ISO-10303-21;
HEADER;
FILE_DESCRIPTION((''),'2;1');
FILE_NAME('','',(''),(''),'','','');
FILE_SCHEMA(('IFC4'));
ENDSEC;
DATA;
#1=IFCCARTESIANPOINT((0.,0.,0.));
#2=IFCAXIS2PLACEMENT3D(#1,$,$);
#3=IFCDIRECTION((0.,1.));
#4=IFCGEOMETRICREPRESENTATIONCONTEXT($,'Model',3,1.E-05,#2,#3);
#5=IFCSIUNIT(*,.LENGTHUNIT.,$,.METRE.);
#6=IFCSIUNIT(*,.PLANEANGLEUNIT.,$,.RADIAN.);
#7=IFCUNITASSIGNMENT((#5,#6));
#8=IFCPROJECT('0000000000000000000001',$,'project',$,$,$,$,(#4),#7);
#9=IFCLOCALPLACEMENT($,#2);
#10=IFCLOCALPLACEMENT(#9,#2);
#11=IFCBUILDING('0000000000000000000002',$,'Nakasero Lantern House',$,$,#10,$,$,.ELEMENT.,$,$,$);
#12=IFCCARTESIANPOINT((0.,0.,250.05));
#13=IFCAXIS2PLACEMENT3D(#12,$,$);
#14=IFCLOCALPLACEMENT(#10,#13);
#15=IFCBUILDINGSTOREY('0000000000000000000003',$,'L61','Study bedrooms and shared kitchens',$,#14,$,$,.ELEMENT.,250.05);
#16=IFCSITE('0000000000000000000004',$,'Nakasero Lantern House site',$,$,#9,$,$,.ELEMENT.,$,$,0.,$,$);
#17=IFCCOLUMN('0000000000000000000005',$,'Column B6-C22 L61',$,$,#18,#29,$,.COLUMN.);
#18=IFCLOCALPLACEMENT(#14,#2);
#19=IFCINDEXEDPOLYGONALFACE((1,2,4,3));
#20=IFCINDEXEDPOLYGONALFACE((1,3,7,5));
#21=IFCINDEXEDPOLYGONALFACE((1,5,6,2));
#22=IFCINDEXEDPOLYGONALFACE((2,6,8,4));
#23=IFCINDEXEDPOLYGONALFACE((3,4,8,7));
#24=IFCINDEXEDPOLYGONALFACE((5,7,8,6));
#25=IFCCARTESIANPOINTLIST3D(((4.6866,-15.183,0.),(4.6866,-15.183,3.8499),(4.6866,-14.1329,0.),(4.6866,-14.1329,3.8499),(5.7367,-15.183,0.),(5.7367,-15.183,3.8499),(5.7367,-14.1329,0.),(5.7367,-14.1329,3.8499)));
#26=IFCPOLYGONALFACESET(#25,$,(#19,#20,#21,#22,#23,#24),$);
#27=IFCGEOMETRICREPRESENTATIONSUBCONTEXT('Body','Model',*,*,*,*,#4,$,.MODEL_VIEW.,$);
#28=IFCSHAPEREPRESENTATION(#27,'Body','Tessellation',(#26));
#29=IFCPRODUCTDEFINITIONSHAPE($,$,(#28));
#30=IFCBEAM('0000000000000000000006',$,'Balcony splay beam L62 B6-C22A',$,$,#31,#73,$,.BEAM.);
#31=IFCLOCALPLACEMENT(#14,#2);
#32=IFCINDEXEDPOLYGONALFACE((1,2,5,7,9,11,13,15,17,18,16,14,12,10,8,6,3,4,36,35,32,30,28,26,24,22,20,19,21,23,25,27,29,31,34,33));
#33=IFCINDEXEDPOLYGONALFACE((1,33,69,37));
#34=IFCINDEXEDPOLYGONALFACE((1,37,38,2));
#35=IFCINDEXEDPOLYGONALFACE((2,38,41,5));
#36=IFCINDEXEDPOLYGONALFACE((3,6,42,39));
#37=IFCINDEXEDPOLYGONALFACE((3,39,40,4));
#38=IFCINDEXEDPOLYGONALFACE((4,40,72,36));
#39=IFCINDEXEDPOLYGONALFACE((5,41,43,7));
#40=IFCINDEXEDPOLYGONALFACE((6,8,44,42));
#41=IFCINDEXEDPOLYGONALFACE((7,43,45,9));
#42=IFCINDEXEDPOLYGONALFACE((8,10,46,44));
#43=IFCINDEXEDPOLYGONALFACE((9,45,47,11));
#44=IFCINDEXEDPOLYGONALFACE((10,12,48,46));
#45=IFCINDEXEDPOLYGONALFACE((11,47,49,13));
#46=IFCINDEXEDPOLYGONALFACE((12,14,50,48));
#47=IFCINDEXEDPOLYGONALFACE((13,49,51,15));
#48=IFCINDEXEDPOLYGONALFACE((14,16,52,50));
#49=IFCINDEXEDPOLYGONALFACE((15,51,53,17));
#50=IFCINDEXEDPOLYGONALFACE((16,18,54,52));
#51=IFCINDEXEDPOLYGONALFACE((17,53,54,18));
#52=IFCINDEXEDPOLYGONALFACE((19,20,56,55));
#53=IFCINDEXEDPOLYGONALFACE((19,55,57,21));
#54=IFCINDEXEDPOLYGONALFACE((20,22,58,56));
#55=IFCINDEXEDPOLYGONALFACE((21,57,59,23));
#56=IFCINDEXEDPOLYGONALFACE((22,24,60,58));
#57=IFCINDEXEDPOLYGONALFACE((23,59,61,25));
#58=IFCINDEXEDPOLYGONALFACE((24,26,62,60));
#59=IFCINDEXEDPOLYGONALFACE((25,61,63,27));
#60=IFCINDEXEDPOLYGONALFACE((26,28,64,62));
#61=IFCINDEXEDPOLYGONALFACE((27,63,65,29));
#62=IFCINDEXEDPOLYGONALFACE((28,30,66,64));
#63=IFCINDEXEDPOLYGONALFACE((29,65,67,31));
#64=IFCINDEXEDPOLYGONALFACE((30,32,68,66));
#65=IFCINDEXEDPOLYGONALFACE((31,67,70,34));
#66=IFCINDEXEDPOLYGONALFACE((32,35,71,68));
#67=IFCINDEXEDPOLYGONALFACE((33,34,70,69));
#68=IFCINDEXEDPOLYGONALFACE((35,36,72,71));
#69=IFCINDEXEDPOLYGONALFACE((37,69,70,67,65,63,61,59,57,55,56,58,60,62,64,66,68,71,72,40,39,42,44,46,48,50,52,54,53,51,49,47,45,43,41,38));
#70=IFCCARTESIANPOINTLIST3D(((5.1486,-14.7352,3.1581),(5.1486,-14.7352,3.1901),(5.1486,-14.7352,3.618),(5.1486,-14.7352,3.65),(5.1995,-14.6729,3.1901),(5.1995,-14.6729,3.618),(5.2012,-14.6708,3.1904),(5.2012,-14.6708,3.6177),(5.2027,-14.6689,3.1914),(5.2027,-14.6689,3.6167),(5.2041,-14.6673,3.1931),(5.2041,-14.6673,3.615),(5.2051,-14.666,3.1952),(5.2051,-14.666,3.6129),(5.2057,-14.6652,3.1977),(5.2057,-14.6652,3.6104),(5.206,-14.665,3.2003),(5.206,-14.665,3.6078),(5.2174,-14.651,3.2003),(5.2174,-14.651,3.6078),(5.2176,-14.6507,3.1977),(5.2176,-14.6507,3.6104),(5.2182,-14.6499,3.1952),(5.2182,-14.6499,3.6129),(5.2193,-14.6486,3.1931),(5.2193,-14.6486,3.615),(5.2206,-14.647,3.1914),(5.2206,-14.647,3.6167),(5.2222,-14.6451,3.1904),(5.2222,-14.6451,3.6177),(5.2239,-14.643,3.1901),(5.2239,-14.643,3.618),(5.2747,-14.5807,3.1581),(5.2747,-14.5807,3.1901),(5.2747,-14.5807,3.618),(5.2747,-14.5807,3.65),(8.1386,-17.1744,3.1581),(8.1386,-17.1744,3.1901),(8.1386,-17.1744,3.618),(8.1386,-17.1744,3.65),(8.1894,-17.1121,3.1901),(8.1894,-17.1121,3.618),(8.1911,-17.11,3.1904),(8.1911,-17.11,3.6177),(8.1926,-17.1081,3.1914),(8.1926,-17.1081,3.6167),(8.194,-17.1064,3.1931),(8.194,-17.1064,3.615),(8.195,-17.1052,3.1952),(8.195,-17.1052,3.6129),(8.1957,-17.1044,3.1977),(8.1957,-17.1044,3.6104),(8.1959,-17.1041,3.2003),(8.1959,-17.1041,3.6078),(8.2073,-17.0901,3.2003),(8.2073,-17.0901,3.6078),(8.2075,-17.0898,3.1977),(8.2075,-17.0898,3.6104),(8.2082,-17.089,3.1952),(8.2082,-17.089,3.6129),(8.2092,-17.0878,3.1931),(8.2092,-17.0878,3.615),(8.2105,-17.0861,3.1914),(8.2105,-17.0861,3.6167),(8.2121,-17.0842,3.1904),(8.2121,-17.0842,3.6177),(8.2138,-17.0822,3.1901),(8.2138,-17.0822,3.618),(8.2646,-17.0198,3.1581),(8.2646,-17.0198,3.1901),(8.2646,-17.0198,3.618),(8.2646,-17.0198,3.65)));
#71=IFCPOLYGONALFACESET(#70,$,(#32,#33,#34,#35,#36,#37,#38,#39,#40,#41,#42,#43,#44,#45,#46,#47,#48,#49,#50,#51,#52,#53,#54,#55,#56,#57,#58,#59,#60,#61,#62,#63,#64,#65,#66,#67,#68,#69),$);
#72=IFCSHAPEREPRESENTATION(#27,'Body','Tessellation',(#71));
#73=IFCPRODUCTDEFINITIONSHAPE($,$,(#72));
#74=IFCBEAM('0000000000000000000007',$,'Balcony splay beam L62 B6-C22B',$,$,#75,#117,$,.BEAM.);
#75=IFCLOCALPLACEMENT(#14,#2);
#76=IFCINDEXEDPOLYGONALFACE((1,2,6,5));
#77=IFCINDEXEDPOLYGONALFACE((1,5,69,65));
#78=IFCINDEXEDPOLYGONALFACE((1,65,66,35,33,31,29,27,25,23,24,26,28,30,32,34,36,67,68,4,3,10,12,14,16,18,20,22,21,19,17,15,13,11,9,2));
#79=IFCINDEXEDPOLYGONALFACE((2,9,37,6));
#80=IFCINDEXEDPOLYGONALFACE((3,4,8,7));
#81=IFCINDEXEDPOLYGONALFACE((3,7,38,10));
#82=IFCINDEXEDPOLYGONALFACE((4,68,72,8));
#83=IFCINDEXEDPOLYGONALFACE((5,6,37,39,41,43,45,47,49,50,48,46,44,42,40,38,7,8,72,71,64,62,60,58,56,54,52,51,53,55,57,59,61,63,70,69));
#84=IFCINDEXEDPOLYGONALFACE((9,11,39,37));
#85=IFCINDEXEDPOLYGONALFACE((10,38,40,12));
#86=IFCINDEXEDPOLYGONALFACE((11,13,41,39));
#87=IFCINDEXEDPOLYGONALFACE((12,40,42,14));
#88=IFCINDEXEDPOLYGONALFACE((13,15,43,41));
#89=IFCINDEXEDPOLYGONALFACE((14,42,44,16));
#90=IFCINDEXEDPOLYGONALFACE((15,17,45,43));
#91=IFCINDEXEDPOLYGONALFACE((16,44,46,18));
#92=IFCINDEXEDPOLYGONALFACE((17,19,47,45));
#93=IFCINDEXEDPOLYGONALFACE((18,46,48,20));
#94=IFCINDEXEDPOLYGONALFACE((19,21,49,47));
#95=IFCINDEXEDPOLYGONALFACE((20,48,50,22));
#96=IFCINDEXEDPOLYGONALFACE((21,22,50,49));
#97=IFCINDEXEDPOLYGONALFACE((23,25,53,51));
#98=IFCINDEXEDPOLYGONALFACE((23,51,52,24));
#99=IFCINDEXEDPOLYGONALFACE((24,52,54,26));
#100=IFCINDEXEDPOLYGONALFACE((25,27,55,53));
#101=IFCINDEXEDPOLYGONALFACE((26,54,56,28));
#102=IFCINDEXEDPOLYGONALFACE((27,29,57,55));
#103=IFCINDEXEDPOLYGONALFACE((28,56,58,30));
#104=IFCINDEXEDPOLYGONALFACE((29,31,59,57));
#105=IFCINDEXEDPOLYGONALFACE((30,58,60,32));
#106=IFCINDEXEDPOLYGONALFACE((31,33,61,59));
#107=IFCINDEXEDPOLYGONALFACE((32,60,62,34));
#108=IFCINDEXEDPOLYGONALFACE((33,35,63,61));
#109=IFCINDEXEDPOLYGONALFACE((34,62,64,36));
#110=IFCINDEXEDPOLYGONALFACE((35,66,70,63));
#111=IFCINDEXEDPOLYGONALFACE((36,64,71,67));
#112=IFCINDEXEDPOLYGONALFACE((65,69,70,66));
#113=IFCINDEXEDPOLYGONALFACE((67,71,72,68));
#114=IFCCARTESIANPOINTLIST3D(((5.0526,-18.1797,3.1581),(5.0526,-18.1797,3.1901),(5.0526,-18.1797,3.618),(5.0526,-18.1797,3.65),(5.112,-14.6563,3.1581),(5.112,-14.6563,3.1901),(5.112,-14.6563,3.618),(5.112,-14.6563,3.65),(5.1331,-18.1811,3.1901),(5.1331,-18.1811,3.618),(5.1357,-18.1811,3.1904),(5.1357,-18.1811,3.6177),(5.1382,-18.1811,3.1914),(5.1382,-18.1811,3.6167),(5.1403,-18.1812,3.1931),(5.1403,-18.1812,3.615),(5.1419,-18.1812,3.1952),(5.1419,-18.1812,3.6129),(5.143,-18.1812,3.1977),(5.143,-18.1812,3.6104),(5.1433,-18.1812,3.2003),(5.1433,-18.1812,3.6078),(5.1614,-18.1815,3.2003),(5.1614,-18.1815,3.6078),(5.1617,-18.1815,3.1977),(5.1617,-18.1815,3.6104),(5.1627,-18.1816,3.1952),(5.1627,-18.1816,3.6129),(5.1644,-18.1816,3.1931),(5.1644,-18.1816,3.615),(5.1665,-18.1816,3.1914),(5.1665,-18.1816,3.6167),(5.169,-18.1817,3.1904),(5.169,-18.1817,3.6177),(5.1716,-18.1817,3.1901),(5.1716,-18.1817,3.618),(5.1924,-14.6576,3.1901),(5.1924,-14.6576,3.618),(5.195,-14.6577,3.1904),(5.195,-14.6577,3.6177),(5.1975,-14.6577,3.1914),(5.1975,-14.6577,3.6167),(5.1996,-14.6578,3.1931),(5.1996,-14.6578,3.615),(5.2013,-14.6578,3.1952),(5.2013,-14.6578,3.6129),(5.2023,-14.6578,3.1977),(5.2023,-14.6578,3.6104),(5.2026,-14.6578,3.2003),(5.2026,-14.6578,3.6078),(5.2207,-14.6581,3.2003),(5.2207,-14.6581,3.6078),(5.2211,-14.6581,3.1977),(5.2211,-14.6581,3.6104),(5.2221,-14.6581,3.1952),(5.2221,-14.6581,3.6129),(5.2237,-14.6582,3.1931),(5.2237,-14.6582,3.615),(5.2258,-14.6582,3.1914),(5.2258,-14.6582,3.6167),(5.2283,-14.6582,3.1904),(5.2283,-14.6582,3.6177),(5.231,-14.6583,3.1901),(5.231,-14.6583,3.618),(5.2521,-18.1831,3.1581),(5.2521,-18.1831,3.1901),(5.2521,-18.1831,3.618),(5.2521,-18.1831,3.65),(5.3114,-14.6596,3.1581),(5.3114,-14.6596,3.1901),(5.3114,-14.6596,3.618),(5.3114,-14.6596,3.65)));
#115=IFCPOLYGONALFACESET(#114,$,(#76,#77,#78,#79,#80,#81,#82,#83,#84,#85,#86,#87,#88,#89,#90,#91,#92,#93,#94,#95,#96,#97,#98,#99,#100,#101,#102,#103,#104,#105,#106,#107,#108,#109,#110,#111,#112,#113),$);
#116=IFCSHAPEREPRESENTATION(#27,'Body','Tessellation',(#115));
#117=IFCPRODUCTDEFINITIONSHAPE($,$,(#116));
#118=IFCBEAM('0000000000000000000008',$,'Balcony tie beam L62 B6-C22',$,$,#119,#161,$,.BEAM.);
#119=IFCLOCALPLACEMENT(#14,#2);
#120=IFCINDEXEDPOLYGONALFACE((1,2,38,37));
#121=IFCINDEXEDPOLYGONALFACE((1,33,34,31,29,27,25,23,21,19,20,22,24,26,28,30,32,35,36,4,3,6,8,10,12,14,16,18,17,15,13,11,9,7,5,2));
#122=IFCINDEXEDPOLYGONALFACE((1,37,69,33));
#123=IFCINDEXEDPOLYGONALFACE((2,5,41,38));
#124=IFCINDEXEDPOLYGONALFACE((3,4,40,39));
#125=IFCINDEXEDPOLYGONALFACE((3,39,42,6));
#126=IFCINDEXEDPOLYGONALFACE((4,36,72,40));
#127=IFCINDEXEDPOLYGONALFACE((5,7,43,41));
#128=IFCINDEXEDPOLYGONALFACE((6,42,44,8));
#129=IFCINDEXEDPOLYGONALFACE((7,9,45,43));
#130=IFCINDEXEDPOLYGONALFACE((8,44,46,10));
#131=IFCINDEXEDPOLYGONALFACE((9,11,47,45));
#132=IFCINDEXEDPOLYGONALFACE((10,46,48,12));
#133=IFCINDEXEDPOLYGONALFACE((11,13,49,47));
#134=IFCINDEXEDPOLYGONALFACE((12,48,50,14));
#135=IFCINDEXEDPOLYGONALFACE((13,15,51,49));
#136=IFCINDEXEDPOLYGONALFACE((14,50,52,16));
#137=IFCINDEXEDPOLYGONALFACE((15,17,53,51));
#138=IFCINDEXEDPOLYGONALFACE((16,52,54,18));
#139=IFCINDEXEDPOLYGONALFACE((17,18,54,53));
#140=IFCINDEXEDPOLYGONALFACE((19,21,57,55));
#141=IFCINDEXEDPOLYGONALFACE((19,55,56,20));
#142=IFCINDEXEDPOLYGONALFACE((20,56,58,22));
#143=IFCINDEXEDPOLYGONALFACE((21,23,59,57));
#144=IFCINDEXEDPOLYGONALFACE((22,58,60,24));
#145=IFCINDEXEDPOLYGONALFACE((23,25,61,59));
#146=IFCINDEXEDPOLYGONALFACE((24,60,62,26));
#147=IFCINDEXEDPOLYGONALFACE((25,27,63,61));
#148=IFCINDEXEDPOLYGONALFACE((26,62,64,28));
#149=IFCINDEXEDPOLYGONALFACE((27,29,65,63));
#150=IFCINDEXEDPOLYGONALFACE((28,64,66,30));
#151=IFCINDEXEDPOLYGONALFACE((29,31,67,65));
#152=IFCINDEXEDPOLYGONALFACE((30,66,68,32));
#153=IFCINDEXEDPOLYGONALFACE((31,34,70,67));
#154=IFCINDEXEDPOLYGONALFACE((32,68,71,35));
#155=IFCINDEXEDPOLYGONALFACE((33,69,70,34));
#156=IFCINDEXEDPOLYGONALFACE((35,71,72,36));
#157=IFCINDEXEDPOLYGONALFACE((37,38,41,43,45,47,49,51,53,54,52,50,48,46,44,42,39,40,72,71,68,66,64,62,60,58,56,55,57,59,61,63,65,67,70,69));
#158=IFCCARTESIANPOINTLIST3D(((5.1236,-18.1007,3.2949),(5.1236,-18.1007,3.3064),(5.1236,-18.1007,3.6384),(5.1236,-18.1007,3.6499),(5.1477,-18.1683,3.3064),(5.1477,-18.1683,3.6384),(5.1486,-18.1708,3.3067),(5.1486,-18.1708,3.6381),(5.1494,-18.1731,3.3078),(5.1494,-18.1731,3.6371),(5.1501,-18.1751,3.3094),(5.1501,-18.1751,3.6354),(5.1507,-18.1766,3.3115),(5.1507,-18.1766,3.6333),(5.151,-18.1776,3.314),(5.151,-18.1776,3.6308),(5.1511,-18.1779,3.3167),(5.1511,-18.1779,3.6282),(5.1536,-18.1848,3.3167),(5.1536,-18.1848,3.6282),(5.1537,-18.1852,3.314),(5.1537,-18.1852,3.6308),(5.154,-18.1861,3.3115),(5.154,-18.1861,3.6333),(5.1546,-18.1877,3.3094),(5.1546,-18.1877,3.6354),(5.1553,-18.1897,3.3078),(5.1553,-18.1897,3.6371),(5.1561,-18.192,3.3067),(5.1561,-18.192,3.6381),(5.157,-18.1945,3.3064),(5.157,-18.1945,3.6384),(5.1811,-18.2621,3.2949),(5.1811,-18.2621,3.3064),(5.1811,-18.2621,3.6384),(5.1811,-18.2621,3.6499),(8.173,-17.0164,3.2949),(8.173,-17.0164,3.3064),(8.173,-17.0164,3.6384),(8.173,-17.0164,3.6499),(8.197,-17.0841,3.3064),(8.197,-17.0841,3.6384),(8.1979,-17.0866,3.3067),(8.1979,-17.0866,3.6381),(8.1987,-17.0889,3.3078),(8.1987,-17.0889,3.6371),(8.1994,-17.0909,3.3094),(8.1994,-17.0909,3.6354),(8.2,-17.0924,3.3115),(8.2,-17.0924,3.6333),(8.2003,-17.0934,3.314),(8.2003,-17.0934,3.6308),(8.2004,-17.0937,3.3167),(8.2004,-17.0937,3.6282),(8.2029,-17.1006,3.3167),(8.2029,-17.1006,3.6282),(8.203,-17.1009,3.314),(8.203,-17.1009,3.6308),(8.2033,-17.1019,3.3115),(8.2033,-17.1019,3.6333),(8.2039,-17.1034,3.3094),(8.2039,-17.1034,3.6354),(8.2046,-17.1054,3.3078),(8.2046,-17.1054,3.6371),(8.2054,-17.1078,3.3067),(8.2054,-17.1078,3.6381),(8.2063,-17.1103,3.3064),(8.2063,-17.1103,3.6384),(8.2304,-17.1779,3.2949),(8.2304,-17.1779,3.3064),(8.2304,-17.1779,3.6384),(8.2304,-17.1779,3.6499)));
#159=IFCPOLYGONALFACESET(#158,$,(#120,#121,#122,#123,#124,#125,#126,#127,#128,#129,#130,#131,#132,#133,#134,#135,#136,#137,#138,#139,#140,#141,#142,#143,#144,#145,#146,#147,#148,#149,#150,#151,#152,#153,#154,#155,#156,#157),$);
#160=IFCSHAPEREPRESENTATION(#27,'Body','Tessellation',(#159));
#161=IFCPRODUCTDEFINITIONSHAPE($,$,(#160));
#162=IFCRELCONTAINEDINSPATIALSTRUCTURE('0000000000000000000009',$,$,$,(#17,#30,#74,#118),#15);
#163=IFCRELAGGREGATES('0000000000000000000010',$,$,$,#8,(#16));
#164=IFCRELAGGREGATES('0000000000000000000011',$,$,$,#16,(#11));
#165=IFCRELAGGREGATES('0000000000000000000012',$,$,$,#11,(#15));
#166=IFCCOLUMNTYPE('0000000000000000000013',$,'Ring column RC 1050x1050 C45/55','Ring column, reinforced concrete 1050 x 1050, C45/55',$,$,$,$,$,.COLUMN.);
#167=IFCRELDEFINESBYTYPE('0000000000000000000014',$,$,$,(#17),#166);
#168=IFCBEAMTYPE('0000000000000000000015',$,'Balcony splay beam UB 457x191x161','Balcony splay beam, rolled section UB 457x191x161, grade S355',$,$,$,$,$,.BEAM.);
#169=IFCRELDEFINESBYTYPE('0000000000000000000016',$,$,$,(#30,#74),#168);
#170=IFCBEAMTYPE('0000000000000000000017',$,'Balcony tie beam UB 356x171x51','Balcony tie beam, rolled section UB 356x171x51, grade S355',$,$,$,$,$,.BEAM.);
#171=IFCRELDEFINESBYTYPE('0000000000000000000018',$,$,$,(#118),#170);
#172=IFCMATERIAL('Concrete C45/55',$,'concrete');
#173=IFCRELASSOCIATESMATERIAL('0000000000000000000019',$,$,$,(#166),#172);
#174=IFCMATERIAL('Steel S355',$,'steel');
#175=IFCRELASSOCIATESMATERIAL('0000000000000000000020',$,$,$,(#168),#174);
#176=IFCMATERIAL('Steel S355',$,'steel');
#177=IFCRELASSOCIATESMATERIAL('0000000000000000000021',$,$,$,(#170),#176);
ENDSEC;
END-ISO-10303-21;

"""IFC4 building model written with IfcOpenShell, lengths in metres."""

from ifc_helpers import new_model, si_unit, direction, frame, origin, origin_2d, place, context, subcontext, project, spatial, rectangle, i_section, extrude, material, material_profile, profile_set, type_object, element, save


model = new_model("IFC4")

# Units and contexts
model_context = context("Model", 3, precision=1e-05, world=origin(), true_north=direction((0.0, 1.0)))
body_context = subcontext(model_context, "Body", "Model", "MODEL_VIEW")
ifc_project = project(units=[si_unit("LENGTHUNIT", "METRE"), si_unit("PLANEANGLEUNIT", "RADIAN")], contexts=[model_context])

# Site, building, storey
site_placement = place(None, origin())
site = spatial("IfcSite", under=ifc_project, at=site_placement, Name="Nakasero Lantern House site", CompositionType="ELEMENT", RefElevation=0.0)
building_placement = place(site_placement, origin())
building = spatial("IfcBuilding", under=site, at=building_placement, Name="Nakasero Lantern House", CompositionType="ELEMENT")
storey_placement = place(building_placement, frame((0.0, 0.0, 250.05)))
storey = spatial("IfcBuildingStorey", under=building, at=storey_placement, Name="L61", Description="Study bedrooms and shared kitchens", CompositionType="ELEMENT", Elevation=250.05)

# Column
ifc_material_1 = material(Name="Concrete C45/55", Category="concrete")
ifc_material_profile_1 = material_profile(ifc_material_1, rectangle(XDim=1.05, YDim=1.05, at=origin_2d()), Name="RC 1050x1050")
ifc_profile_set_1 = profile_set([ifc_material_profile_1], Name="Concrete C45/55")
column_type = type_object("IfcColumnType", Name="Ring column RC 1050x1050 C45/55", Description="Ring column, reinforced concrete 1050 x 1050, C45/55", PredefinedType="COLUMN", material=ifc_profile_set_1)
column_placement = place(storey_placement, frame((5.2117, -14.658, 0.0), z_axis=(0.0, 0.0, 1.0), x_axis=(1.0, 0.0, 0.0)))
element("IfcColumn", 1, at=column_placement, inside=storey, type_object=column_type, Name="Column B6-C22 L61", PredefinedType="COLUMN", context=body_context, shape_type="SweptSolid", body=[
    extrude(rectangle(XDim=1.05, YDim=1.05, at=origin_2d()), origin(), (0.0, 0.0, 1.0), 3.8499),
])

# Beams
ifc_material_2 = material(Name="Steel S355", Category="steel")
ifc_material_profile_2 = material_profile(ifc_material_2, i_section(OverallWidth=0.1995, OverallDepth=0.4919, WebThickness=0.0181, FlangeThickness=0.032, FilletRadius=0.0103, at=origin_2d()), Name="UB 457x191x161")
ifc_profile_set_2 = profile_set([ifc_material_profile_2], Name="Steel S355")
beam_type_1 = type_object("IfcBeamType", Name="Balcony splay beam UB 457x191x161", Description="Balcony splay beam, rolled section UB 457x191x161, grade S355", PredefinedType="BEAM", material=ifc_profile_set_2)
beam_1_placement = place(storey_placement, frame((5.2117, -14.658, 3.4041), z_axis=(0.774864, -0.632128, 0.0), x_axis=(0.632128, 0.774864, 0.0)))
element("IfcBeam", 2, at=beam_1_placement, inside=storey, type_object=beam_type_1, Name="Balcony splay beam L62 B6-C22A", PredefinedType="BEAM", context=body_context, shape_type="SweptSolid", body=[
    extrude(i_section(OverallWidth=0.1995, OverallDepth=0.4919, WebThickness=0.0181, FlangeThickness=0.032, FilletRadius=0.0103, at=origin_2d()), origin(), (0.0, 0.0, 1.0), 3.8586),
])
beam_2_placement = place(storey_placement, frame((5.2117, -14.658, 3.4041), z_axis=(-0.016835, -0.999858, 0.0), x_axis=(0.999858, -0.016835, 0.0)))
element("IfcBeam", 3, at=beam_2_placement, inside=storey, type_object=beam_type_1, Name="Balcony splay beam L62 B6-C22B", PredefinedType="BEAM", context=body_context, shape_type="SweptSolid", body=[
    extrude(i_section(OverallWidth=0.1995, OverallDepth=0.4919, WebThickness=0.0181, FlangeThickness=0.032, FilletRadius=0.0103, at=origin_2d()), origin(), (0.0, 0.0, 1.0), 3.5239),
])
ifc_material_3 = material(Name="Steel S355", Category="steel")
ifc_material_profile_3 = material_profile(ifc_material_3, i_section(OverallWidth=0.1714, OverallDepth=0.355, WebThickness=0.0073, FlangeThickness=0.0115, FilletRadius=0.0103, at=origin_2d()), Name="UB 356x171x51")
ifc_profile_set_3 = profile_set([ifc_material_profile_3], Name="Steel S355")
beam_type_2 = type_object("IfcBeamType", Name="Balcony tie beam UB 356x171x51", Description="Balcony tie beam, rolled section UB 356x171x51, grade S355", PredefinedType="BEAM", material=ifc_profile_set_3)
beam_3_placement = place(storey_placement, frame((8.2017, -17.0972, 3.4724), z_axis=(-0.942212, -0.335017, 0.0), x_axis=(0.335017, -0.942212, 0.0)))
element("IfcBeam", 4, at=beam_3_placement, inside=storey, type_object=beam_type_2, Name="Balcony tie beam L62 B6-C22", PredefinedType="BEAM", context=body_context, shape_type="SweptSolid", body=[
    extrude(i_section(OverallWidth=0.1714, OverallDepth=0.355, WebThickness=0.0073, FlangeThickness=0.0115, FilletRadius=0.0103, at=origin_2d()), origin(), (0.0, 0.0, 1.0), 3.2363),
])

save(model, "model.ifc")
